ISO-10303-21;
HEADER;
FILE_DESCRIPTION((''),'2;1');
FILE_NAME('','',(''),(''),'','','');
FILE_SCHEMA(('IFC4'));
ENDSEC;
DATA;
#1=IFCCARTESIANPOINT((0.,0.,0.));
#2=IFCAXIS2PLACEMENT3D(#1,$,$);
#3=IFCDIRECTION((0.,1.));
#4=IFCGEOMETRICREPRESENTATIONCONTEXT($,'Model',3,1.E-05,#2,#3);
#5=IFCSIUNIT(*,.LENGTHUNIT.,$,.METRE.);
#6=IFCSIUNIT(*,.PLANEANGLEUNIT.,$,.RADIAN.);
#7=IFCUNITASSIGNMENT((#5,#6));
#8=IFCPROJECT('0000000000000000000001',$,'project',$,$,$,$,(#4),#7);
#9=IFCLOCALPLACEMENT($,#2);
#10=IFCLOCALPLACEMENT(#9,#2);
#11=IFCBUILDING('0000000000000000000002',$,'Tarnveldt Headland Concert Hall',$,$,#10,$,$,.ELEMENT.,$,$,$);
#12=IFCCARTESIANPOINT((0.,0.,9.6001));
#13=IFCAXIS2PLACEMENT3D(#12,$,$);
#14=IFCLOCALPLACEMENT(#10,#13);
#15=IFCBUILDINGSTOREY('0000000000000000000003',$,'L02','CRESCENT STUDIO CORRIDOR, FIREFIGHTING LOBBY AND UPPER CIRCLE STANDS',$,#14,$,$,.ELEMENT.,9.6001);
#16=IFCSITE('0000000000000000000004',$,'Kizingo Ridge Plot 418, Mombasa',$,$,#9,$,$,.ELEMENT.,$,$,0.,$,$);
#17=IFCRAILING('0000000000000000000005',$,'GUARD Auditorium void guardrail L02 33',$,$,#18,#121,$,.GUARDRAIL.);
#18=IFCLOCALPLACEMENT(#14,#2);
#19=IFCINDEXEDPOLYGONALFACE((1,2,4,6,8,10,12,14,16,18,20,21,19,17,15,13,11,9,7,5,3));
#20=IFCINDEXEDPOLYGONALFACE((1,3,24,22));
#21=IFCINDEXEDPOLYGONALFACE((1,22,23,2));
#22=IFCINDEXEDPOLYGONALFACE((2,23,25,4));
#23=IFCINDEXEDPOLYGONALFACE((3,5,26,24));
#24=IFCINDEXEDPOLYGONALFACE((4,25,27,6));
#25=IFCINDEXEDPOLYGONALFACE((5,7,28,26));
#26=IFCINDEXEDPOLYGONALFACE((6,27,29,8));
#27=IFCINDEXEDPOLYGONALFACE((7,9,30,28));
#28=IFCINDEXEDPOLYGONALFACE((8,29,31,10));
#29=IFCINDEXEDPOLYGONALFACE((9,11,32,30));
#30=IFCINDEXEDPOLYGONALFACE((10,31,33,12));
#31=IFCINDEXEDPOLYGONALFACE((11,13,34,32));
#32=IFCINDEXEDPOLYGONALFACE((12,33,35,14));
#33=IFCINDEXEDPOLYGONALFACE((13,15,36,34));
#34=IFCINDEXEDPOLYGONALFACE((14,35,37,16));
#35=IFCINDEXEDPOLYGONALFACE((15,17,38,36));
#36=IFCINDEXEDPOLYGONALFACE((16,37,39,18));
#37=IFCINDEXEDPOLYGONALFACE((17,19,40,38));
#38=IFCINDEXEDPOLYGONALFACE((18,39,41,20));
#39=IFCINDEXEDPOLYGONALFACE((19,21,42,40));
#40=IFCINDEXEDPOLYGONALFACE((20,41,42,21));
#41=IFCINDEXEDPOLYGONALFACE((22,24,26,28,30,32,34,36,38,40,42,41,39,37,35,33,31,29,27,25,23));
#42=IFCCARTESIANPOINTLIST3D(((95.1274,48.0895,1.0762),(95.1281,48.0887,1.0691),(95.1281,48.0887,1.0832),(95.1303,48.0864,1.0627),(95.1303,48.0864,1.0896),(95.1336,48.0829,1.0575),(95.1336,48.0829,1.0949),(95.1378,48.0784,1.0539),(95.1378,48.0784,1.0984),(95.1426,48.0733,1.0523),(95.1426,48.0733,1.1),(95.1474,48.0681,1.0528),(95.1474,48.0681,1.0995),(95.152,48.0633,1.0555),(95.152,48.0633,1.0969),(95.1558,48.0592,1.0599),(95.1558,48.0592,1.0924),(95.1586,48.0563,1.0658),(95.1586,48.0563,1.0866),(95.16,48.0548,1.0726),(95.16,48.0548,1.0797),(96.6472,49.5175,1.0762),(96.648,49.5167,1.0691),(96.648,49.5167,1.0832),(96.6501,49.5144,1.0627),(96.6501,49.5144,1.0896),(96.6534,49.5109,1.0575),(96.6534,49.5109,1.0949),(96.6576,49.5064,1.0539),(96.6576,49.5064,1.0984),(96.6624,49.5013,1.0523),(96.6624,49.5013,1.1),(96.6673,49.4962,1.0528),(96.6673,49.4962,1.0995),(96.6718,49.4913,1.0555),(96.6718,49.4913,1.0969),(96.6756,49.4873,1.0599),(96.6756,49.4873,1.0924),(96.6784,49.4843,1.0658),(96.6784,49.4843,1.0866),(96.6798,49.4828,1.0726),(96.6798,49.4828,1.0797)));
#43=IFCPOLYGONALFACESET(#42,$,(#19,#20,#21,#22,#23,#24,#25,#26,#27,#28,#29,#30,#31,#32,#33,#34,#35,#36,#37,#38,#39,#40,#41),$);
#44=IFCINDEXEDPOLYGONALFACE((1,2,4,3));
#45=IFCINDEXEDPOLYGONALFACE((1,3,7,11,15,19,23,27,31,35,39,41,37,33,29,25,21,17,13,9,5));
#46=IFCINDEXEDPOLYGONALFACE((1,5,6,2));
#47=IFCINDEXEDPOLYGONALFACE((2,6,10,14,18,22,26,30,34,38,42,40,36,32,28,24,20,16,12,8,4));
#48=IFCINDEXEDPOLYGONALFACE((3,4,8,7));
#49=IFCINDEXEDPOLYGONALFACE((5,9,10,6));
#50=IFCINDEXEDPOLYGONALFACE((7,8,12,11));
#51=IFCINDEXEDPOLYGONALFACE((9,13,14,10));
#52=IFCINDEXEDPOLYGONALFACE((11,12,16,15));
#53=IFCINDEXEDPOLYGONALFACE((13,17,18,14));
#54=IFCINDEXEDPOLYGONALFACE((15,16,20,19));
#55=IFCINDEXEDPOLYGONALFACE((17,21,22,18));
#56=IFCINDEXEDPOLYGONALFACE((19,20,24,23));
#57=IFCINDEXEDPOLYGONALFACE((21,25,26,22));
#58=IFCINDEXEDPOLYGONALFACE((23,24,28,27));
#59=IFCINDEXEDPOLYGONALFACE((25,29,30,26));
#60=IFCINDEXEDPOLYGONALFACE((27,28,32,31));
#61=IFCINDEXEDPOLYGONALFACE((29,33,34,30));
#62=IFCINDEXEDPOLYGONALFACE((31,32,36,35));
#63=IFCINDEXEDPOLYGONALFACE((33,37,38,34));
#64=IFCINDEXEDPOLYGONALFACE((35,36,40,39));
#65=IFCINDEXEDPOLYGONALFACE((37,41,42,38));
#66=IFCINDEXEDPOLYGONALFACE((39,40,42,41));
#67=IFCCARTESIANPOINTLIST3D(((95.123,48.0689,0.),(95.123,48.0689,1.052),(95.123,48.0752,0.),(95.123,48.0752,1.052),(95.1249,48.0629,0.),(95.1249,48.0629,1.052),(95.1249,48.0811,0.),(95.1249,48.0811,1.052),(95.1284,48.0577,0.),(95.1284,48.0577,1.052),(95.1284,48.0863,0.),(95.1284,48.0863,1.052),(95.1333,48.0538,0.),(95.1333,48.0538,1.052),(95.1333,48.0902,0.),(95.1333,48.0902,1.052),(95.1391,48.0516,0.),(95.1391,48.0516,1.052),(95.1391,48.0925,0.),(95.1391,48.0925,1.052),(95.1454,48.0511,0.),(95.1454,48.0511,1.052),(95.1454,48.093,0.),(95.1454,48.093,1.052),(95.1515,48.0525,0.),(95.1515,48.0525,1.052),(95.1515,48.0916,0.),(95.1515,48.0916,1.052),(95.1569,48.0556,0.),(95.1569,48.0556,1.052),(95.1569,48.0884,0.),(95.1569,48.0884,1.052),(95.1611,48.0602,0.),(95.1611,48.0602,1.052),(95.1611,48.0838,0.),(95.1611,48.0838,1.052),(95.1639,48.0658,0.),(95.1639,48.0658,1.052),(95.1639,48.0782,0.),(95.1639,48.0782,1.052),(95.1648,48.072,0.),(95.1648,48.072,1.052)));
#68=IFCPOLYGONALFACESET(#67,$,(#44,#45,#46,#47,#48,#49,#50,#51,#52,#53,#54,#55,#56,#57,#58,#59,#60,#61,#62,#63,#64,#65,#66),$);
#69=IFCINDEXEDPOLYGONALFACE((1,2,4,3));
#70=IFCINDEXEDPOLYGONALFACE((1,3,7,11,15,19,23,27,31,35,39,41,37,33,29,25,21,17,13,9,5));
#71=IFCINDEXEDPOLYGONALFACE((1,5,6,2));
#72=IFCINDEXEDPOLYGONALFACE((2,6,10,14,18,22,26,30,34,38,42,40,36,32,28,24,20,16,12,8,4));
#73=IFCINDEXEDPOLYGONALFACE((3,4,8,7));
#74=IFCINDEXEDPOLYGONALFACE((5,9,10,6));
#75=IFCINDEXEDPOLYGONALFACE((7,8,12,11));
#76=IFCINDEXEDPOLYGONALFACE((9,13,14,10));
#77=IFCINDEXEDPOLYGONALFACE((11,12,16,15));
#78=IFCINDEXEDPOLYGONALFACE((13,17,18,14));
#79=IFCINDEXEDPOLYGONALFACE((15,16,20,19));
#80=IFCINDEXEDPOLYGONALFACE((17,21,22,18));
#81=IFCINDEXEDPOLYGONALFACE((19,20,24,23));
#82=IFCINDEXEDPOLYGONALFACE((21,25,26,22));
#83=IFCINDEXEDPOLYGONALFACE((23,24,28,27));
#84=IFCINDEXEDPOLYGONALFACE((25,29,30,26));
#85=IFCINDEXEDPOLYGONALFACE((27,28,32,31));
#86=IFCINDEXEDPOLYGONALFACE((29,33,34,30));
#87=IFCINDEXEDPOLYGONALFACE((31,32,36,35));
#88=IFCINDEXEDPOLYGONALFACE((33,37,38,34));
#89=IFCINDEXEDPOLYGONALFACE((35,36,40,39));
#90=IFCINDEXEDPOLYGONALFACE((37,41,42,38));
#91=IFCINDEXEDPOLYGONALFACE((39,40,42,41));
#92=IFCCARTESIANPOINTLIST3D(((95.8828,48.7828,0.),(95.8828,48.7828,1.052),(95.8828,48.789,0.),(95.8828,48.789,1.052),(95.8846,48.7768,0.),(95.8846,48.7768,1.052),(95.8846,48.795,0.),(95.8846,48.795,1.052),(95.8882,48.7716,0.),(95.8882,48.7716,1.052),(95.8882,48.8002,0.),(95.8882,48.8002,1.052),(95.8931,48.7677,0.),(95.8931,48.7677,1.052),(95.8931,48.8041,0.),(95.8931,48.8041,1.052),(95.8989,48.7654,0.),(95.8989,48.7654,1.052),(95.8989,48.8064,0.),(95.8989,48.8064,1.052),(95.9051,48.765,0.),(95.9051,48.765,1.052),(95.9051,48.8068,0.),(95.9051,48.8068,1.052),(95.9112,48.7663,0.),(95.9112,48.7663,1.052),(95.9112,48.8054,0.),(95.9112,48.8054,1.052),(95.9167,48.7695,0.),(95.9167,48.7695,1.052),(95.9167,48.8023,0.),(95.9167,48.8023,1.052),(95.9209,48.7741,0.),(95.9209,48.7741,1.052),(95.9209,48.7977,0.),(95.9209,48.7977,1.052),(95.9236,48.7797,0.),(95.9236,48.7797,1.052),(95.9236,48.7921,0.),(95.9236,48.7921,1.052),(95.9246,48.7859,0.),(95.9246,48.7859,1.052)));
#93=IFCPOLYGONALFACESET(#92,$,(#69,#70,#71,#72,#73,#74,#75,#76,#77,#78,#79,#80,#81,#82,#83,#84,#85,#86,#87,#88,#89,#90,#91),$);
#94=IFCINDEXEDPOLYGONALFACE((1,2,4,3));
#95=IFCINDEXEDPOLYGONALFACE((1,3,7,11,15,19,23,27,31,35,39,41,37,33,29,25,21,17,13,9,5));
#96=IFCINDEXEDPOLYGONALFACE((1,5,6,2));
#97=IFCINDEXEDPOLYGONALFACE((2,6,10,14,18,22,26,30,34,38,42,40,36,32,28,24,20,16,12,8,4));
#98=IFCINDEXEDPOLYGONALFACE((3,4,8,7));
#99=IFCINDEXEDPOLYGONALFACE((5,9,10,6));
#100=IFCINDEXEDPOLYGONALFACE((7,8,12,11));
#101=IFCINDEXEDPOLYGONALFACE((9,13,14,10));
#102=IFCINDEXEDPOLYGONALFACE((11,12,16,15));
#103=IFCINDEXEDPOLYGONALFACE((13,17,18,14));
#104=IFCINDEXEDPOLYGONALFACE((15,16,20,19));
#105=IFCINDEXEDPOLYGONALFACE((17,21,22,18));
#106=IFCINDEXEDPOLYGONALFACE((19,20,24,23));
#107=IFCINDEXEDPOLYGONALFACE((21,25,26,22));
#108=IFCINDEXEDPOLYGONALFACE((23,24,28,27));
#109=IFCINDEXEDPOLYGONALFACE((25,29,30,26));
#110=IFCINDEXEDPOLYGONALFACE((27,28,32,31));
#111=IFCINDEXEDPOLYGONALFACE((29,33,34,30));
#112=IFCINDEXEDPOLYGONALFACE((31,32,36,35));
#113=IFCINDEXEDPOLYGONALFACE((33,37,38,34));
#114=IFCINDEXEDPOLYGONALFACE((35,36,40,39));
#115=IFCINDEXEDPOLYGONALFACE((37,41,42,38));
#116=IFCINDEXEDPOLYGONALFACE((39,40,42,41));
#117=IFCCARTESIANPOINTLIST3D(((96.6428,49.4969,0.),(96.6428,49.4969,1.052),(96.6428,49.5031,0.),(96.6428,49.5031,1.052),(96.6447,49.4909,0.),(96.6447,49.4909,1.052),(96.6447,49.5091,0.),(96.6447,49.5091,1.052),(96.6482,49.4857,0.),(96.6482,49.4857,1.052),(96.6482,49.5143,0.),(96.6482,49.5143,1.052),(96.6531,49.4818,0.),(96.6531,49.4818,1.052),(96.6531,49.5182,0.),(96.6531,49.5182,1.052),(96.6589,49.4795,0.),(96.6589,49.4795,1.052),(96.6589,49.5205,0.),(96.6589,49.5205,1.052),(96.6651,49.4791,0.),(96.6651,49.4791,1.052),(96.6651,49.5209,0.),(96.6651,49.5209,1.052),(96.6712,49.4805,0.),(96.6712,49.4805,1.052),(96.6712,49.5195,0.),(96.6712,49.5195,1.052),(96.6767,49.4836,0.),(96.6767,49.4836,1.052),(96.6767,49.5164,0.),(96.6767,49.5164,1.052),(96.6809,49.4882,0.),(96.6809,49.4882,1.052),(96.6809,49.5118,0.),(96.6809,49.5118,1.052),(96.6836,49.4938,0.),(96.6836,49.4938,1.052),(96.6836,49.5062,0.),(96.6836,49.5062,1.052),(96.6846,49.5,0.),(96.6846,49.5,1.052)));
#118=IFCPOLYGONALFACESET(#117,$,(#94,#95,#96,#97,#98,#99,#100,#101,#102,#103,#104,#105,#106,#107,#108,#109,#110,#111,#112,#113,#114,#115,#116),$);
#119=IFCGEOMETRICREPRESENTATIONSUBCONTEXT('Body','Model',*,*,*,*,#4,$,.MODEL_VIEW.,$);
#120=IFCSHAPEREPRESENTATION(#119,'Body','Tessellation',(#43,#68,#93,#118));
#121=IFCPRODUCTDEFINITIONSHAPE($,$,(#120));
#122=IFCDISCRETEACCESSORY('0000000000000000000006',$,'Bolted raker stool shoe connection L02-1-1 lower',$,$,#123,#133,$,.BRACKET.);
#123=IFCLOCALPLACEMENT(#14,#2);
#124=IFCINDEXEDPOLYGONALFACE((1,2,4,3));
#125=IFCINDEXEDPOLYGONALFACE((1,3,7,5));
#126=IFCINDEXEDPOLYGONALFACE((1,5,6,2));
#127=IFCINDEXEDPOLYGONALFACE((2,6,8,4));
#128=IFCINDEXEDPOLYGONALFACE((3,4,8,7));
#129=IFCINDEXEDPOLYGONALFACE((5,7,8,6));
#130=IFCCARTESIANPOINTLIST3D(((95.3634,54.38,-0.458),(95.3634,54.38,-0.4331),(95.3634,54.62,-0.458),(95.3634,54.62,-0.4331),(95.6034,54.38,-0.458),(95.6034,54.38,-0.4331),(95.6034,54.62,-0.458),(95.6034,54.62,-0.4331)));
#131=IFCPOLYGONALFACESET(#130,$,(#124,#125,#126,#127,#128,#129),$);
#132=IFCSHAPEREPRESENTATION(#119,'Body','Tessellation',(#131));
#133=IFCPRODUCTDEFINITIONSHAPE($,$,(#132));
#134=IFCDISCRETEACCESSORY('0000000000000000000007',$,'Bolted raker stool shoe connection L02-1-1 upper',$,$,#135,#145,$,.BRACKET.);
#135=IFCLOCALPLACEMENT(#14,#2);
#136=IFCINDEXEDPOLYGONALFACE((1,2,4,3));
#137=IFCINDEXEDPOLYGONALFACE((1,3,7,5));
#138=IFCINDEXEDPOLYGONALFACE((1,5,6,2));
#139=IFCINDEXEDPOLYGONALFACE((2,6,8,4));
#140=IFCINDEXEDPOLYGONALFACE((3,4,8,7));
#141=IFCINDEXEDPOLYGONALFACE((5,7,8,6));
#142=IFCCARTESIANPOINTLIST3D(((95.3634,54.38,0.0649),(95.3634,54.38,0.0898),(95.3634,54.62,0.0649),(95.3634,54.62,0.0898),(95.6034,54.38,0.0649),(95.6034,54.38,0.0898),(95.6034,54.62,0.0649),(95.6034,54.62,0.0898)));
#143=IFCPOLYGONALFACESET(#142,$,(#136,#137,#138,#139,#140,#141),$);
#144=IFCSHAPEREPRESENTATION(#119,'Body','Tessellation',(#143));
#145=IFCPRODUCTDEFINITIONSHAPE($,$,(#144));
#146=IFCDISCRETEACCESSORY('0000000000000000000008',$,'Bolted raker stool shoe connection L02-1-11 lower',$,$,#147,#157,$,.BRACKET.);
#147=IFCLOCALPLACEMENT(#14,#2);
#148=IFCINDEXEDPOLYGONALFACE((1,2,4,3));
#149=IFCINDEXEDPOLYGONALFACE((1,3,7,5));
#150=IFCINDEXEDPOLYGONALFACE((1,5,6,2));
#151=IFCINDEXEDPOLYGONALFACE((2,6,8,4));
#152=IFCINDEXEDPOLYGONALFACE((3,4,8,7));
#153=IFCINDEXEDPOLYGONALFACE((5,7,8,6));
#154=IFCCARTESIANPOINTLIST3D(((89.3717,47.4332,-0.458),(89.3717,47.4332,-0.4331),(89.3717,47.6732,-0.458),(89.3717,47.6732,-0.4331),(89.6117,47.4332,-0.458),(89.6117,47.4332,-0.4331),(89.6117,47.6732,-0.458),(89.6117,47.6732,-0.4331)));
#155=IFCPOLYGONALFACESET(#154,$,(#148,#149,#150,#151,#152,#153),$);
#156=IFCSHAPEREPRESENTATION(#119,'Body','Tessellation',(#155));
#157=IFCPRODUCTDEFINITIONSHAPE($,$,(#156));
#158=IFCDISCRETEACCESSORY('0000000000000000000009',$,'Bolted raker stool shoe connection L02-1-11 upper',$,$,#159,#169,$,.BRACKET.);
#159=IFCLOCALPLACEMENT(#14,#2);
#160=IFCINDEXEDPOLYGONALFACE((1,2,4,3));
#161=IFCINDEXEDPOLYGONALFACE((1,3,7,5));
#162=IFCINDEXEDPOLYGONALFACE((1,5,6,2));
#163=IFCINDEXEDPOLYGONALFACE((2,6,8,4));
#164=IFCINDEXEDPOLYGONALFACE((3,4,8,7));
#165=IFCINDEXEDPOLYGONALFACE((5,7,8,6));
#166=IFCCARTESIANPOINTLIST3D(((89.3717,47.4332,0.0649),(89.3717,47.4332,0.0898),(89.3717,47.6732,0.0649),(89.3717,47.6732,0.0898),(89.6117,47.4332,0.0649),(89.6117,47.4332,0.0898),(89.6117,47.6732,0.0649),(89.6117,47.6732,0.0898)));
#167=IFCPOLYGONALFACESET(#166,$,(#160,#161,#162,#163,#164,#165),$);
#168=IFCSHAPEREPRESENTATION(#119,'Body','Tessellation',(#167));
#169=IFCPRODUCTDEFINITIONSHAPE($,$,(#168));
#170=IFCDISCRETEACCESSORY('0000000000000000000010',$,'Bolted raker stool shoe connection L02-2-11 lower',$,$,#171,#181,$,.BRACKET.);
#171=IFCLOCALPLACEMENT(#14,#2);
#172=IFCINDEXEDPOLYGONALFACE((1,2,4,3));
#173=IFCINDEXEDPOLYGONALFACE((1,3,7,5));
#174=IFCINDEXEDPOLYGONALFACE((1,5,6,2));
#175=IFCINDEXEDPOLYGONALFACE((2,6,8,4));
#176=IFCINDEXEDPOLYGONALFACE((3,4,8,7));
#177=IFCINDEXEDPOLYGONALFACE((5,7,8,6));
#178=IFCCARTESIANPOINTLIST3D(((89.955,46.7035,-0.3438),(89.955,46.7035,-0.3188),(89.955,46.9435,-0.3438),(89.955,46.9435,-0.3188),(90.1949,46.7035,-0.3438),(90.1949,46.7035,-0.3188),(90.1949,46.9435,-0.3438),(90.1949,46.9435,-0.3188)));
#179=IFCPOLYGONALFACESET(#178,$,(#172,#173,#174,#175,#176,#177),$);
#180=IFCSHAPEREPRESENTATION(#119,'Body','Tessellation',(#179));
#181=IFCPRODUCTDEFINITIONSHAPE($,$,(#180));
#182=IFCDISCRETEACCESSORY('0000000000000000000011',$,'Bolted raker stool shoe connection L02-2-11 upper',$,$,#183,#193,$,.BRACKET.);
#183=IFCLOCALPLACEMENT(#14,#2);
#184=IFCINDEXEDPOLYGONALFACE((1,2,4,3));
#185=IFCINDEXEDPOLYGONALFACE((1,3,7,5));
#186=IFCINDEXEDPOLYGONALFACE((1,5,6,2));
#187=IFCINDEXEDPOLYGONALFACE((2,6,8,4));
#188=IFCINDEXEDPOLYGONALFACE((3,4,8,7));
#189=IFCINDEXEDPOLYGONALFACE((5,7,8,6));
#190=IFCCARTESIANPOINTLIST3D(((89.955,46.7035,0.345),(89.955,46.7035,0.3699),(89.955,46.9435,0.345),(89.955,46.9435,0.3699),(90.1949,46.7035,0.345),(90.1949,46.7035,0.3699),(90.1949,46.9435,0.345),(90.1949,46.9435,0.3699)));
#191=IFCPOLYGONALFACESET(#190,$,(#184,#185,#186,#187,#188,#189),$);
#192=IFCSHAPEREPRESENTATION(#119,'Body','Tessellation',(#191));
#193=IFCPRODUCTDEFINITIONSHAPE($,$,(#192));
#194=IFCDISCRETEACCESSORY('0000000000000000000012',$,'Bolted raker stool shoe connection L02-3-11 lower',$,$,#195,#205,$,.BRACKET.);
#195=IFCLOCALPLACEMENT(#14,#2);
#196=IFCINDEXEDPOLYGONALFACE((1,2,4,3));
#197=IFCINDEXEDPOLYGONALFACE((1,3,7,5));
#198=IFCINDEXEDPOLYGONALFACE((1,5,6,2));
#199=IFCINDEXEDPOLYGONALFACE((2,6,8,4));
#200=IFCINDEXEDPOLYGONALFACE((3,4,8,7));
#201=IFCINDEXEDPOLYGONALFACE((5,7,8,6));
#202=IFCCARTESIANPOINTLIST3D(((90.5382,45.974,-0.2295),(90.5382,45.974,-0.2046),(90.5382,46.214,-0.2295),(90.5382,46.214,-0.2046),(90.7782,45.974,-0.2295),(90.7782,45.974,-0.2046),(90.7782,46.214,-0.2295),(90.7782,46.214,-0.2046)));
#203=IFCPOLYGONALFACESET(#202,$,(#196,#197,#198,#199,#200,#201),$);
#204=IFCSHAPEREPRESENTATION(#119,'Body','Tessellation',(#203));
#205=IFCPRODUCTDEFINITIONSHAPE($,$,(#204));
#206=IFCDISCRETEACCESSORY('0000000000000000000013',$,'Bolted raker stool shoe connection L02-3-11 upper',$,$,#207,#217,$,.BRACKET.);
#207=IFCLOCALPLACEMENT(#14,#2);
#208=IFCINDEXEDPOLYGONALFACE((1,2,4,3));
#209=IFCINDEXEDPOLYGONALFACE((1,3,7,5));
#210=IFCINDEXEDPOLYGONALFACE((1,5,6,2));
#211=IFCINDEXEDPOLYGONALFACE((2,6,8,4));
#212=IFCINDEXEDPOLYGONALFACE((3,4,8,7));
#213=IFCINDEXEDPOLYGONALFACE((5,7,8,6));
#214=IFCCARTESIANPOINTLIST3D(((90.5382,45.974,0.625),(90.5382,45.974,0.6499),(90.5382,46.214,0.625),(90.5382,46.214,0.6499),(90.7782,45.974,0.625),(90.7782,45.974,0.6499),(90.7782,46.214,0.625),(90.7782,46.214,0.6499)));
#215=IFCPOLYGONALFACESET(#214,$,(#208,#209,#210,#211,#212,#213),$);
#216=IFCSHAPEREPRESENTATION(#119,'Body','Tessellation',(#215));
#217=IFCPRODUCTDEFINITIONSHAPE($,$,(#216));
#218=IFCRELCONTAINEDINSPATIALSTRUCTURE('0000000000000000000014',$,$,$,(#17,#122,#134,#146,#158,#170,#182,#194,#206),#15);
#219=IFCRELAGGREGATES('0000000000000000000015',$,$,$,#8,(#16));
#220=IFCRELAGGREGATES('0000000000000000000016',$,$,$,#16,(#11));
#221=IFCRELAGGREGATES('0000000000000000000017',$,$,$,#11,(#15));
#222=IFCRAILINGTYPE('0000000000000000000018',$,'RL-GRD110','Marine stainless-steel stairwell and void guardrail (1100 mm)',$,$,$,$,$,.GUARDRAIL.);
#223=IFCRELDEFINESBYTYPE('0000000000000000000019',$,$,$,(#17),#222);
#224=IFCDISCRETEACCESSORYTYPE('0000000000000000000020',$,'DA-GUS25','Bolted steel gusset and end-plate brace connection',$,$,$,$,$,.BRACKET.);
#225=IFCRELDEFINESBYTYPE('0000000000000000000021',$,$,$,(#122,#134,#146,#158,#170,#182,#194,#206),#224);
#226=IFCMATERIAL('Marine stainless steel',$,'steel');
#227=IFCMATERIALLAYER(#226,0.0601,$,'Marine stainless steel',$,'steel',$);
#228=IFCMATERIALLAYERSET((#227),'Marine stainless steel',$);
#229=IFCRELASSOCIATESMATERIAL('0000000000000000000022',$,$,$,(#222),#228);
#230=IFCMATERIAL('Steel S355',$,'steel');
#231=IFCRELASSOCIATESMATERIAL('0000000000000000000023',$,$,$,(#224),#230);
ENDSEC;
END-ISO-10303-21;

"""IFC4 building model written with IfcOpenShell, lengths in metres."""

from ifc_helpers import new_model, si_unit, direction, frame, origin, origin_2d, place, context, subcontext, project, spatial, rectangle, circle, extrude, material, layer, layer_set, type_object, element, save


model = new_model("IFC4")

# Units and contexts
model_context = context("Model", 3, precision=1e-05, world=origin(), true_north=direction((0.0, 1.0)))
body_context = subcontext(model_context, "Body", "Model", "MODEL_VIEW")
ifc_project = project(units=[si_unit("LENGTHUNIT", "METRE"), si_unit("PLANEANGLEUNIT", "RADIAN")], contexts=[model_context])

# Site, building, storey
site_placement = place(None, origin())
site = spatial("IfcSite", under=ifc_project, at=site_placement, Name="Kizingo Ridge Plot 418, Mombasa", CompositionType="ELEMENT", RefElevation=0.0)
building_placement = place(site_placement, origin())
building = spatial("IfcBuilding", under=site, at=building_placement, Name="Tarnveldt Headland Concert Hall", CompositionType="ELEMENT")
storey_placement = place(building_placement, frame((0.0, 0.0, 9.6001)))
storey = spatial("IfcBuildingStorey", under=building, at=storey_placement, Name="L02", Description="CRESCENT STUDIO CORRIDOR, FIREFIGHTING LOBBY AND UPPER CIRCLE STANDS", CompositionType="ELEMENT", Elevation=9.6001)

# Shared definitions
ifc_material_1 = material(Name="Steel S355", Category="steel")

# Railing
ifc_material_2 = material(Name="Marine stainless steel", Category="steel")
ifc_layer = layer(ifc_material_2, 0.0601, Name="Marine stainless steel", Category="steel")
ifc_layer_set = layer_set([ifc_layer], Name="Marine stainless steel")
railing_type = type_object("IfcRailingType", Name="RL-GRD110", Description="Marine stainless-steel stairwell and void guardrail (1100 mm)", PredefinedType="GUARDRAIL", material=ifc_layer_set)
railing_1_placement = place(storey_placement, frame((95.1438, 48.072, 0.0)))
element("IfcRailing", 1, at=railing_1_placement, inside=storey, type_object=railing_type, Name="GUARD Auditorium void guardrail L02 33", PredefinedType="GUARDRAIL", context=body_context, shape_type="SweptSolid", body=[
    extrude(circle(Radius=0.0239, at=origin_2d()), frame((0.0, 0.0, 1.0762), z_axis=(0.728774, 0.684755, 0.0), x_axis=(-0.684755, 0.728774, 0.0)), (0.0, 0.0, 1.0), 2.0854),
    extrude(circle(Radius=0.021, at=origin_2d()), origin(), (0.0, 0.0, 1.0), 1.052),
    extrude(circle(Radius=0.021, at=origin_2d()), frame((0.7598, 0.7139, 0.0)), (0.0, 0.0, 1.0), 1.052),
    extrude(circle(Radius=0.021, at=origin_2d()), frame((1.5198, 1.428, 0.0)), (0.0, 0.0, 1.0), 1.052),
])

# Discrete accessories
discrete_accessory_type = type_object("IfcDiscreteAccessoryType", Name="DA-GUS25", Description="Bolted steel gusset and end-plate brace connection", PredefinedType="BRACKET", material=ifc_material_1)
for number, where, z_axis, x_axis, name in (
    (2, (95.4834, 54.5, -0.458), (0.0, 0.0, 1.0), (1.0, 0.0, 0.0), "Bolted raker stool shoe connection L02-1-1 lower"),
    (3, (95.4834, 54.5, 0.0649), (0.0, 0.0, 1.0), (1.0, 0.0, 0.0), "Bolted raker stool shoe connection L02-1-1 upper"),
    (4, (89.4917, 47.5532, -0.458), (0.0, 0.0, 1.0), (1.0, 0.0, 0.0), "Bolted raker stool shoe connection L02-1-11 lower"),
    (5, (89.4917, 47.5532, 0.0649), (0.0, 0.0, 1.0), (1.0, 0.0, 0.0), "Bolted raker stool shoe connection L02-1-11 upper"),
    (6, (90.075, 46.8235, -0.3438), (0.0, 0.0, 1.0), (1.0, 0.0, 0.0), "Bolted raker stool shoe connection L02-2-11 lower"),
    (7, (90.075, 46.8235, 0.345), (0.0, 0.0, 1.0), (1.0, 0.0, 0.0), "Bolted raker stool shoe connection L02-2-11 upper"),
    (8, (90.6582, 46.094, -0.2295), (0.0, 0.0, 1.0), (1.0, 0.0, 0.0), "Bolted raker stool shoe connection L02-3-11 lower"),
    (9, (90.6582, 46.094, 0.625), (0.0, 0.0, 1.0), (1.0, 0.0, 0.0), "Bolted raker stool shoe connection L02-3-11 upper"),
):
    element("IfcDiscreteAccessory", number, at=place(storey_placement, frame(where, z_axis=z_axis, x_axis=x_axis)), inside=storey, type_object=discrete_accessory_type, Name=name, PredefinedType="BRACKET", context=body_context, shape_type="SweptSolid", body=[
        extrude(rectangle(XDim=0.24, YDim=0.24, at=origin_2d()), origin(), (0.0, 0.0, 1.0), 0.0249),
    ])

save(model, "model.ifc")
